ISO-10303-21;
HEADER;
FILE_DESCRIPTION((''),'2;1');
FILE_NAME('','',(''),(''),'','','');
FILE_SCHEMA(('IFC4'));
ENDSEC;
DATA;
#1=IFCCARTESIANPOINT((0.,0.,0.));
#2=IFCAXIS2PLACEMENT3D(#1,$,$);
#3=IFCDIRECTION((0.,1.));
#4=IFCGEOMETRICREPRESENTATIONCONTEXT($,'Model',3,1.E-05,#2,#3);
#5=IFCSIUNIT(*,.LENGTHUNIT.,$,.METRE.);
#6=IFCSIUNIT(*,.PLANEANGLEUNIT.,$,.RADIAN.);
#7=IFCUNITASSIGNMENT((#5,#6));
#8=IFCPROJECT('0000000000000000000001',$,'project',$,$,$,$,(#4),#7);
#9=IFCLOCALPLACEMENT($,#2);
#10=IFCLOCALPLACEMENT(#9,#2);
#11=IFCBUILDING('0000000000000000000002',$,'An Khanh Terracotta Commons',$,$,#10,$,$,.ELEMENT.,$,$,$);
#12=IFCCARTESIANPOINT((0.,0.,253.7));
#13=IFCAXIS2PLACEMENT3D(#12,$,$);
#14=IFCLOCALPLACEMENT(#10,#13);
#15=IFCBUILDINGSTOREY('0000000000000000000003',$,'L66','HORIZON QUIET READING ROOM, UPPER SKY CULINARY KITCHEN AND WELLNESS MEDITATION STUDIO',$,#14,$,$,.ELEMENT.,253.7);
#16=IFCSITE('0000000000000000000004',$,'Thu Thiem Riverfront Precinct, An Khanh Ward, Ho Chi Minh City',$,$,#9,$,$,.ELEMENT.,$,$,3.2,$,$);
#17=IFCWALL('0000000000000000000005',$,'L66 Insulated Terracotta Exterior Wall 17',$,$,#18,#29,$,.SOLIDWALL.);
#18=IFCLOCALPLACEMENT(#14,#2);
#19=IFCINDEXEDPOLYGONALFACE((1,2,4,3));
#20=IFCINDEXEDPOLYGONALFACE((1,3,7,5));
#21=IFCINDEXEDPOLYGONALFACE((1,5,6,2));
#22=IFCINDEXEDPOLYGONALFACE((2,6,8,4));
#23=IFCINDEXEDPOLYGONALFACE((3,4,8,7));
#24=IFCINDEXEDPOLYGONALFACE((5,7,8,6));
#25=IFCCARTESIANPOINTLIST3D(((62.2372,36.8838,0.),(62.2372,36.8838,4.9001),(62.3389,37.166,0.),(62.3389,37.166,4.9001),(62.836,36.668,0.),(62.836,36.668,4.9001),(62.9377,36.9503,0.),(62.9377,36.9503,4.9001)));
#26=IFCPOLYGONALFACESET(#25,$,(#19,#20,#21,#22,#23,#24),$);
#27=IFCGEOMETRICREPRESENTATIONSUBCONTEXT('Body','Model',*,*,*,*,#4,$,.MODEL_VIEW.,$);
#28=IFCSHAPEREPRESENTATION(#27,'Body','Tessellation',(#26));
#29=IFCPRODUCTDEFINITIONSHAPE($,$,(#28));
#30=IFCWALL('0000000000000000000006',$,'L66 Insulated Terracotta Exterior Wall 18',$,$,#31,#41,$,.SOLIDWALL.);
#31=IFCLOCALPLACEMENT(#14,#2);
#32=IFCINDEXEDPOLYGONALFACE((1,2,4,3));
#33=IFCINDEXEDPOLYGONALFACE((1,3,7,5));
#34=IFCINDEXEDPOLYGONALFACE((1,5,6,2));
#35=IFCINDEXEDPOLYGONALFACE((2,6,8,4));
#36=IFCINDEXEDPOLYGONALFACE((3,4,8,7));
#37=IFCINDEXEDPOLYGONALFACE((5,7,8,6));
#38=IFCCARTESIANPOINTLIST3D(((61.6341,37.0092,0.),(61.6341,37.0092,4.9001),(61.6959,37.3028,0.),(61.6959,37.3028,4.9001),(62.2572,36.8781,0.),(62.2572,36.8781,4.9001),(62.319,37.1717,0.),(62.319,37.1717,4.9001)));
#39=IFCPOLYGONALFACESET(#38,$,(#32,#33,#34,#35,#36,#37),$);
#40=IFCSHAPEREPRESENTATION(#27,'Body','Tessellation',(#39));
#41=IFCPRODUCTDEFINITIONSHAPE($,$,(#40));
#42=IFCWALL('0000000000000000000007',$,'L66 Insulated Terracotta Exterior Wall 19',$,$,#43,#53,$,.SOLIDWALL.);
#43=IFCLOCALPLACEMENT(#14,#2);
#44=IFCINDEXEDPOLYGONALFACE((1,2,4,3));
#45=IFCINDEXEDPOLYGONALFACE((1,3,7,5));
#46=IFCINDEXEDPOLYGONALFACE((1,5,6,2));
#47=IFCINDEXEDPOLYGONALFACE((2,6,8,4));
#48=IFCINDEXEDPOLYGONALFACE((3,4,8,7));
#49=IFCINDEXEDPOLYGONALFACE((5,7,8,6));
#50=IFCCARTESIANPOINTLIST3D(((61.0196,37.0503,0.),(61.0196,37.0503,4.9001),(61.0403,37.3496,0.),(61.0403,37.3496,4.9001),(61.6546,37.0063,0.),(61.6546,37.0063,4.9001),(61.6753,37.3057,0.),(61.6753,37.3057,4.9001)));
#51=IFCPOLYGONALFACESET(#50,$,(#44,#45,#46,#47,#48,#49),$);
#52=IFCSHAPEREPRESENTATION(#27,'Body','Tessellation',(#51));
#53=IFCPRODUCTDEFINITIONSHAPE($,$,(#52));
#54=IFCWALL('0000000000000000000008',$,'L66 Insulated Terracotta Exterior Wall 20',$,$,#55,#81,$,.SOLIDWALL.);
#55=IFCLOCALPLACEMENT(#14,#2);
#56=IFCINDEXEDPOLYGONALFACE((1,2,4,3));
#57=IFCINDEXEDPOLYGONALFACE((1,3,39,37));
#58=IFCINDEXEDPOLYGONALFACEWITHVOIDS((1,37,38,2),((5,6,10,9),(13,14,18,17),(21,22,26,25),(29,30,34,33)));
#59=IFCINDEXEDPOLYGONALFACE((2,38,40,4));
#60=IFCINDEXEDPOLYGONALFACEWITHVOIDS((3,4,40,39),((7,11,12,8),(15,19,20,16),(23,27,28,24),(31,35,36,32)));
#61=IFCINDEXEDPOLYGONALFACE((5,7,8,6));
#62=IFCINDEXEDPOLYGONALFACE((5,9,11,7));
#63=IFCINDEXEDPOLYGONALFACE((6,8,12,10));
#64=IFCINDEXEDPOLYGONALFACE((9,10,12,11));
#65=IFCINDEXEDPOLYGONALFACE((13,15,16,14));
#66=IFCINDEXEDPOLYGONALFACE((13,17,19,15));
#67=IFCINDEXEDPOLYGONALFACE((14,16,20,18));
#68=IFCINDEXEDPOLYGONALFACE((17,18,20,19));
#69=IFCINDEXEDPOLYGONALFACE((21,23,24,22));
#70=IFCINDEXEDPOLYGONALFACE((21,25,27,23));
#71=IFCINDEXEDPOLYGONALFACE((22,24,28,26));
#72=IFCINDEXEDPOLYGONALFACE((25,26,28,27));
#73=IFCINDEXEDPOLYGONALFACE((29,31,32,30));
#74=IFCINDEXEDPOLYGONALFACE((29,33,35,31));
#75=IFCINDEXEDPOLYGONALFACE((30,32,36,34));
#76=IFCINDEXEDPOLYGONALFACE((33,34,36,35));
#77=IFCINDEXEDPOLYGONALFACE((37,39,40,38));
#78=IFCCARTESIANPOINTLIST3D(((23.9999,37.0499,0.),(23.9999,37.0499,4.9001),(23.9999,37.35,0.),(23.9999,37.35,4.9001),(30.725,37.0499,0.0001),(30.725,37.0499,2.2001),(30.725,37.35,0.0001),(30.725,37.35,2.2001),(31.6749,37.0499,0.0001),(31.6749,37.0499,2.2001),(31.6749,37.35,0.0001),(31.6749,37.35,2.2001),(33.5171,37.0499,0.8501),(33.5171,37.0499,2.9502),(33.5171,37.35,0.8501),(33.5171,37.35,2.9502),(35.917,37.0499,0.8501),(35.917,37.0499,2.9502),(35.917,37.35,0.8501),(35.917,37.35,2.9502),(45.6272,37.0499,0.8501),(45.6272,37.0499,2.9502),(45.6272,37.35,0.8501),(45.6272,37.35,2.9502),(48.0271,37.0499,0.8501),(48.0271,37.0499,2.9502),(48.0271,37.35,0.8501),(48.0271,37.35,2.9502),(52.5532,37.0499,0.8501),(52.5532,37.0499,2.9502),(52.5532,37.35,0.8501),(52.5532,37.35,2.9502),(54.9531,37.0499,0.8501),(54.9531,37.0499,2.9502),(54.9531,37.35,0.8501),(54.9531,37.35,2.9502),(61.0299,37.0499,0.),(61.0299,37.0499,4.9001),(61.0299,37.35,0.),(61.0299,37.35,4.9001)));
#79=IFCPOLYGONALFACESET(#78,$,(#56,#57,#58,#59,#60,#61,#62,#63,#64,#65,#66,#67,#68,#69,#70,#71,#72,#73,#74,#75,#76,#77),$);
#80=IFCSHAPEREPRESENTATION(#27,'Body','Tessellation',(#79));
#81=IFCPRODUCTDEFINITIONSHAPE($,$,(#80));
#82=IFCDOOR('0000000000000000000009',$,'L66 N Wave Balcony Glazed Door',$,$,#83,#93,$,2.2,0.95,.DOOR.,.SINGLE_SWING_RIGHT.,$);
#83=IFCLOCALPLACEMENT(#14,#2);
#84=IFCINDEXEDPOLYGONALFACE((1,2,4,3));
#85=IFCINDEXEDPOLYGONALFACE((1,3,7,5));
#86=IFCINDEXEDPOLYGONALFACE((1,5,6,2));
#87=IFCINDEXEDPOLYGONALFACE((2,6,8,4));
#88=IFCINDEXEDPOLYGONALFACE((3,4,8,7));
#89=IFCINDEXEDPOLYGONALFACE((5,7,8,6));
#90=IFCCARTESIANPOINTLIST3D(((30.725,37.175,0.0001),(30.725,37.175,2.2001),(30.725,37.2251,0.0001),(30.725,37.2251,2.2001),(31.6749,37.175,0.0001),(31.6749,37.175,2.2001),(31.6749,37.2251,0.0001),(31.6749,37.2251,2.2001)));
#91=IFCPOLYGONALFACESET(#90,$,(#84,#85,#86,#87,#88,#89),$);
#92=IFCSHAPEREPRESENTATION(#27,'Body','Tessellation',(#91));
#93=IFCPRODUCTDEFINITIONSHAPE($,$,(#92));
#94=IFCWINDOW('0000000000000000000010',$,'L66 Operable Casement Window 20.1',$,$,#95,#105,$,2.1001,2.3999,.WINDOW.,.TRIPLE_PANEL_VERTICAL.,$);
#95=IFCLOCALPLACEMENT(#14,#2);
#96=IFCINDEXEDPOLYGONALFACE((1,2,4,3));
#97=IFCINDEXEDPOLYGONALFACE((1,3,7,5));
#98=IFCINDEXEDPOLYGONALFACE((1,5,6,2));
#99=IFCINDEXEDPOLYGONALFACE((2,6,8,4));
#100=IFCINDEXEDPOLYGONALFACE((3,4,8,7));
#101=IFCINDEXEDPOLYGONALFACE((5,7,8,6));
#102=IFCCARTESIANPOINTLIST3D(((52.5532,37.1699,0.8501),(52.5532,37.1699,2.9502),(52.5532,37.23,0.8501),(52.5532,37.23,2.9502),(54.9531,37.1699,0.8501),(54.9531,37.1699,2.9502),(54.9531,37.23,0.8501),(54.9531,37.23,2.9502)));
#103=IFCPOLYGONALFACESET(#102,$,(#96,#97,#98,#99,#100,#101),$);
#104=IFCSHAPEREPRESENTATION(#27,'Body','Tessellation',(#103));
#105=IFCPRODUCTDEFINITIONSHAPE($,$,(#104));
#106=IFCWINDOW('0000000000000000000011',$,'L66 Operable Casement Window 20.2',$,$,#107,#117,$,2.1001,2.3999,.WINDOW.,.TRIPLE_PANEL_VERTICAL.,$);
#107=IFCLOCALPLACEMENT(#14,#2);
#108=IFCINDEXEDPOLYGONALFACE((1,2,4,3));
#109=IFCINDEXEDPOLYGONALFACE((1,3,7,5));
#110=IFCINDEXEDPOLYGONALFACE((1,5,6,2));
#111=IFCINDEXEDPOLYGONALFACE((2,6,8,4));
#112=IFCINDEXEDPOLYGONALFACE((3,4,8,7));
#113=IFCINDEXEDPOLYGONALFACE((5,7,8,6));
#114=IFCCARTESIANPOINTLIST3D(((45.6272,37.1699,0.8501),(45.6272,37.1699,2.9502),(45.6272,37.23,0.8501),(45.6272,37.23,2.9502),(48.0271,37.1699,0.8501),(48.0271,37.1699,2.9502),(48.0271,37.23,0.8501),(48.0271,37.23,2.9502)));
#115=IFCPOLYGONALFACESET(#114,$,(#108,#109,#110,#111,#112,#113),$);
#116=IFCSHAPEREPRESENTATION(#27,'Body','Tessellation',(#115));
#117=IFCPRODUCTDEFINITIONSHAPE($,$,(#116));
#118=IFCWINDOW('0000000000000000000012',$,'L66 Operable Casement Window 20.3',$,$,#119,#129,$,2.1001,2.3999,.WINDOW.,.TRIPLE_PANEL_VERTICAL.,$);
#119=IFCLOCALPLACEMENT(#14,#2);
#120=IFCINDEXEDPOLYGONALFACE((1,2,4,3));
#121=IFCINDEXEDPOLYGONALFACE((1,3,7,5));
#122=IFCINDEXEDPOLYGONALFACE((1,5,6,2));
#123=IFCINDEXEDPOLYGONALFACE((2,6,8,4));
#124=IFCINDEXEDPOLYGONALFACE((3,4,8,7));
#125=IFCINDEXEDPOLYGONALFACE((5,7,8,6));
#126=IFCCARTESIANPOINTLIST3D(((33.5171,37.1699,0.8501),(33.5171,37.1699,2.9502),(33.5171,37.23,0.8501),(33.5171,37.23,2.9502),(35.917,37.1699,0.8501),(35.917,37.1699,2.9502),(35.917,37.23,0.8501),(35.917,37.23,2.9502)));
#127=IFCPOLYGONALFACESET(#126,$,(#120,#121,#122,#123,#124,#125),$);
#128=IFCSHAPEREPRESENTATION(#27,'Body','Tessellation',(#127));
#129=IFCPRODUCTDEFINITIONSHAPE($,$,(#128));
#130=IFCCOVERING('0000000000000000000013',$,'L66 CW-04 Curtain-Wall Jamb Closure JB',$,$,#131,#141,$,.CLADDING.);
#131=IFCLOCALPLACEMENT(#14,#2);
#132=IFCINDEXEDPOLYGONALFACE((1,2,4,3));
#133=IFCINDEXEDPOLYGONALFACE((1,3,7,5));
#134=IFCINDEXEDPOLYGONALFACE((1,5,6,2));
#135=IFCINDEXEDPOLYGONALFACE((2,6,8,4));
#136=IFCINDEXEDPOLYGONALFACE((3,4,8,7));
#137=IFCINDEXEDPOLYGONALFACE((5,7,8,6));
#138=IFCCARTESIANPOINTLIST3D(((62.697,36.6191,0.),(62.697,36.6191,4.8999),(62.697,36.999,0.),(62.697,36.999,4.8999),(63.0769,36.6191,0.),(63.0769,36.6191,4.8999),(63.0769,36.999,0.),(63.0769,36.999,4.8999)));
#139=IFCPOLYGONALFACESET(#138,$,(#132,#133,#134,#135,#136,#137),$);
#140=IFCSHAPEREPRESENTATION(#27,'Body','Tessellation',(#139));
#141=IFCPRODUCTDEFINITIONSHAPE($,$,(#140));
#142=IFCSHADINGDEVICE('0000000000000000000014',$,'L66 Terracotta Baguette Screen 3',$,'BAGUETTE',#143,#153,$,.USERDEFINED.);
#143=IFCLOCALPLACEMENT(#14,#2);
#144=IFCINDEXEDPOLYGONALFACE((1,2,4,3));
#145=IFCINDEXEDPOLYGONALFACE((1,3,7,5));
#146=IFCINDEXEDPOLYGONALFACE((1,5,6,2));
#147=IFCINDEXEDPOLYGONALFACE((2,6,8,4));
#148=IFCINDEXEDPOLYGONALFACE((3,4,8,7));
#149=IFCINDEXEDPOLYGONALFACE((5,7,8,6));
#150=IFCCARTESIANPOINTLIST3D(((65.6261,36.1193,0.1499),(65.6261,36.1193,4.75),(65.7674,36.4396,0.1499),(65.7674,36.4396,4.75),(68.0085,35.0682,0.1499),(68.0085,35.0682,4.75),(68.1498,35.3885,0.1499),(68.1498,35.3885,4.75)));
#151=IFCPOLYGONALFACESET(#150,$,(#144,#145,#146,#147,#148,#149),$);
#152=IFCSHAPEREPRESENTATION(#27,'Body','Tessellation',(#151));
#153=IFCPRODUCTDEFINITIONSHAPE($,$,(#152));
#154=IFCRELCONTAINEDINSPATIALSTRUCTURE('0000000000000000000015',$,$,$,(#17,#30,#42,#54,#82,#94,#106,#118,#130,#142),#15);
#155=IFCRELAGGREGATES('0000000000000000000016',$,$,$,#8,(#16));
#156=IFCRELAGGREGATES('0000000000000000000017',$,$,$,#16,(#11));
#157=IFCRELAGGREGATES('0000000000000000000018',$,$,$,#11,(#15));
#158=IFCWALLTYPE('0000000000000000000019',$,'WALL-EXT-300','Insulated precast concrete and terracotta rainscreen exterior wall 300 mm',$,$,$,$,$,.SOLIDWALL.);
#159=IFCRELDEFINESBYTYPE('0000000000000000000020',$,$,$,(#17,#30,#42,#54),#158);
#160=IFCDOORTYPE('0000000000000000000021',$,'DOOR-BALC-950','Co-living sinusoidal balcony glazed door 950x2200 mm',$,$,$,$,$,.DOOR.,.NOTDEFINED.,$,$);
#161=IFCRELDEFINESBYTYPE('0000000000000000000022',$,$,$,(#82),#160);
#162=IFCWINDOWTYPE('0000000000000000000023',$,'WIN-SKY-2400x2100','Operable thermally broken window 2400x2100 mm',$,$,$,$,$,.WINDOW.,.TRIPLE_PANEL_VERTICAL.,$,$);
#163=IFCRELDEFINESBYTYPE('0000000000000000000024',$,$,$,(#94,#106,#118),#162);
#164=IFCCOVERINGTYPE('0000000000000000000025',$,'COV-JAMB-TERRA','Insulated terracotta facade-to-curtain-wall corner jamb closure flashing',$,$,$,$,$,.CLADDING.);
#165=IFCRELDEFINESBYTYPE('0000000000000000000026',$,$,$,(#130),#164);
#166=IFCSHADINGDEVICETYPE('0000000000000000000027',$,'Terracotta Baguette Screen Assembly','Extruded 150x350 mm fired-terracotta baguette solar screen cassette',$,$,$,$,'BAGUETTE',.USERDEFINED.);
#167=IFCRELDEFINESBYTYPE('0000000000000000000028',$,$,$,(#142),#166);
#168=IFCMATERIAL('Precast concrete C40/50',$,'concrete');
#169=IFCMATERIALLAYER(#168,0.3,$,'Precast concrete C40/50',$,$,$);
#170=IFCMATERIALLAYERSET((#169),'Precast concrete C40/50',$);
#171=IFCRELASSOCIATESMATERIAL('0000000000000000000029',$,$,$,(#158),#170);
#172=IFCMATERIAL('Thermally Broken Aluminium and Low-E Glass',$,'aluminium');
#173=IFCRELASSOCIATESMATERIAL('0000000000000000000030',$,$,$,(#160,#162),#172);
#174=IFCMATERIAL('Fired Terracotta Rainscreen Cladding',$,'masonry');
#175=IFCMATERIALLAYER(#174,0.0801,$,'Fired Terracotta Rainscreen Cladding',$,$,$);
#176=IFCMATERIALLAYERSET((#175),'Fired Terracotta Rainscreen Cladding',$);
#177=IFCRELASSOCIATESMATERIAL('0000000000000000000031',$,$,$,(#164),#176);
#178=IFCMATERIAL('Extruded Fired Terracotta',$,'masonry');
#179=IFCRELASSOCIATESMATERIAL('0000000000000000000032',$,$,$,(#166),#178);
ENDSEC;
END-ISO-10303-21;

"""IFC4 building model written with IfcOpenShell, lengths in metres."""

from ifc_helpers import new_model, si_unit, direction, frame, frame_2d, origin, origin_2d, place, context, subcontext, project, spatial, rectangle, extrude, material, layer, layer_set, type_object, element, fill, save


model = new_model("IFC4")

# Units and contexts
model_context = context("Model", 3, precision=1e-05, world=origin(), true_north=direction((0.0, 1.0)))
body_context = subcontext(model_context, "Body", "Model", "MODEL_VIEW")
ifc_project = project(units=[si_unit("LENGTHUNIT", "METRE"), si_unit("PLANEANGLEUNIT", "RADIAN")], contexts=[model_context])

# Site, building, storey
site_placement = place(None, origin())
site = spatial("IfcSite", under=ifc_project, at=site_placement, Name="Thu Thiem Riverfront Precinct, An Khanh Ward, Ho Chi Minh City", CompositionType="ELEMENT", RefElevation=3.2)
building_placement = place(site_placement, origin())
building = spatial("IfcBuilding", under=site, at=building_placement, Name="An Khanh Terracotta Commons", CompositionType="ELEMENT")
storey_placement = place(building_placement, frame((0.0, 0.0, 253.7)))
storey = spatial("IfcBuildingStorey", under=building, at=storey_placement, Name="L66", Description="HORIZON QUIET READING ROOM, UPPER SKY CULINARY KITCHEN AND WELLNESS MEDITATION STUDIO", CompositionType="ELEMENT", Elevation=253.7)

# Walls
ifc_material_1 = material(Name="Precast concrete C40/50", Category="concrete")
ifc_layer_1 = layer(ifc_material_1, 0.3, Name="Precast concrete C40/50")
ifc_layer_set_1 = layer_set([ifc_layer_1], Name="Precast concrete C40/50")
wall_type = type_object("IfcWallType", Name="WALL-EXT-300", Description="Insulated precast concrete and terracotta rainscreen exterior wall 300 mm", PredefinedType="SOLIDWALL", material=ifc_layer_set_1)
wall_1_placement = place(storey_placement, frame((62.887, 36.8091, 0.0), z_axis=(0.0, 0.0, 1.0), x_axis=(-0.940775, 0.339032, 0.0)))
element("IfcWall", 1, at=wall_1_placement, inside=storey, type_object=wall_type, Name="L66 Insulated Terracotta Exterior Wall 17", PredefinedType="SOLIDWALL", context=body_context, shape_type="SweptSolid", body=[
    extrude(rectangle(XDim=0.6365, YDim=0.3, at=frame_2d((0.3184, 0.0))), origin(), (0.0, 0.0, 1.0), 4.9001),
])
wall_2_placement = place(storey_placement, frame((62.2881, 37.0249, 0.0), z_axis=(0.0, 0.0, 1.0), x_axis=(-0.97857, 0.205914, 0.0)))
element("IfcWall", 2, at=wall_2_placement, inside=storey, type_object=wall_type, Name="L66 Insulated Terracotta Exterior Wall 18", PredefinedType="SOLIDWALL", context=body_context, shape_type="SweptSolid", body=[
    extrude(rectangle(XDim=0.6367, YDim=0.3, at=frame_2d((0.3184, 0.0))), origin(), (0.0, 0.0, 1.0), 4.9001),
])
wall_3_placement = place(storey_placement, frame((61.665, 37.156, 0.0), z_axis=(0.0, 0.0, 1.0), x_axis=(-0.997614, 0.069039, 0.0)))
element("IfcWall", 3, at=wall_3_placement, inside=storey, type_object=wall_type, Name="L66 Insulated Terracotta Exterior Wall 19", PredefinedType="SOLIDWALL", context=body_context, shape_type="SweptSolid", body=[
    extrude(rectangle(XDim=0.6365, YDim=0.3, at=frame_2d((0.3184, 0.0))), origin(), (0.0, 0.0, 1.0), 4.9001),
])

# Wall, openings, door, windows
wall_4_placement = place(storey_placement, frame((61.03, 37.2, 0.0), z_axis=(0.0, 0.0, 1.0), x_axis=(-1.0, 0.0, 0.0)))
wall_4 = element("IfcWall", 4, at=wall_4_placement, inside=storey, type_object=wall_type, Name="L66 Insulated Terracotta Exterior Wall 20", PredefinedType="SOLIDWALL", context=body_context, shape_type="SweptSolid", body=[
    extrude(rectangle(XDim=37.03, YDim=0.3, at=frame_2d((18.5151, 0.0))), origin(), (0.0, 0.0, 1.0), 4.9001),
])
opening_1_placement = place(wall_4_placement, frame((29.355, 0.0, 0.0)))
opening_1 = element("IfcOpeningElement", 5, at=opening_1_placement, cuts=wall_4, PredefinedType="OPENING", context=body_context, shape_type="SweptSolid", body=[
    extrude(rectangle(XDim=0.95, YDim=2.2, at=frame_2d((0.4751, 1.1001))), frame((0.0, 0.1599, 0.0), z_axis=(0.0, -1.0, 0.0), x_axis=(1.0, 0.0, 0.0)), (0.0, 0.0, 1.0), 0.3201),
])
opening_2_placement = place(wall_4_placement, frame((6.0769, 0.0, 0.8501)))
opening_2 = element("IfcOpeningElement", 6, at=opening_2_placement, cuts=wall_4, PredefinedType="OPENING", context=body_context, shape_type="SweptSolid", body=[
    extrude(rectangle(XDim=2.3999, YDim=2.1001, at=frame_2d((1.2, 1.05))), frame((0.0, 0.1599, 0.0), z_axis=(0.0, -1.0, 0.0), x_axis=(1.0, 0.0, 0.0)), (0.0, 0.0, 1.0), 0.3201),
])
opening_3_placement = place(wall_4_placement, frame((13.0029, 0.0, 0.8501)))
opening_3 = element("IfcOpeningElement", 7, at=opening_3_placement, cuts=wall_4, PredefinedType="OPENING", context=body_context, shape_type="SweptSolid", body=[
    extrude(rectangle(XDim=2.3999, YDim=2.1001, at=frame_2d((1.2, 1.05))), frame((0.0, 0.1599, 0.0), z_axis=(0.0, -1.0, 0.0), x_axis=(1.0, 0.0, 0.0)), (0.0, 0.0, 1.0), 0.3201),
])
opening_4_placement = place(wall_4_placement, frame((25.113, 0.0, 0.8501)))
opening_4 = element("IfcOpeningElement", 8, at=opening_4_placement, cuts=wall_4, PredefinedType="OPENING", context=body_context, shape_type="SweptSolid", body=[
    extrude(rectangle(XDim=2.3999, YDim=2.1001, at=frame_2d((1.2, 1.05))), frame((0.0, 0.1599, 0.0), z_axis=(0.0, -1.0, 0.0), x_axis=(1.0, 0.0, 0.0)), (0.0, 0.0, 1.0), 0.3201),
])
ifc_material_2 = material(Name="Thermally Broken Aluminium and Low-E Glass", Category="aluminium")
door_type = type_object("IfcDoorType", Name="DOOR-BALC-950", Description="Co-living sinusoidal balcony glazed door 950x2200 mm", OperationType="NOTDEFINED", PredefinedType="DOOR", material=ifc_material_2)
door_placement = place(opening_1_placement, origin())
door = element("IfcDoor", 9, at=door_placement, inside=storey, type_object=door_type, Name="L66 N Wave Balcony Glazed Door", OperationType="SINGLE_SWING_RIGHT", OverallHeight=2.2, OverallWidth=0.95, PredefinedType="DOOR", context=body_context, shape_type="SweptSolid", body=[
    extrude(rectangle(XDim=0.95, YDim=2.2, at=frame_2d((0.4751, 1.1001))), frame((0.0, 0.0249, 0.0), z_axis=(0.0, -1.0, 0.0), x_axis=(1.0, 0.0, 0.0)), (0.0, 0.0, 1.0), 0.05),
])
fill(opening_1, door)
window_type = type_object("IfcWindowType", Name="WIN-SKY-2400x2100", Description="Operable thermally broken window 2400x2100 mm", PartitioningType="TRIPLE_PANEL_VERTICAL", PredefinedType="WINDOW", material=ifc_material_2)
window_1_placement = place(opening_2_placement, origin())
window_1 = element("IfcWindow", 10, at=window_1_placement, inside=storey, type_object=window_type, Name="L66 Operable Casement Window 20.1", OverallHeight=2.1001, OverallWidth=2.3999, PartitioningType="TRIPLE_PANEL_VERTICAL", PredefinedType="WINDOW", context=body_context, shape_type="SweptSolid", body=[
    extrude(rectangle(XDim=2.3999, YDim=2.1001, at=frame_2d((1.2, 1.05))), frame((0.0, 0.03, 0.0), z_axis=(0.0, -1.0, 0.0), x_axis=(1.0, 0.0, 0.0)), (0.0, 0.0, 1.0), 0.0601),
])
fill(opening_2, window_1)
window_2_placement = place(opening_3_placement, origin())
window_2 = element("IfcWindow", 11, at=window_2_placement, inside=storey, type_object=window_type, Name="L66 Operable Casement Window 20.2", OverallHeight=2.1001, OverallWidth=2.3999, PartitioningType="TRIPLE_PANEL_VERTICAL", PredefinedType="WINDOW", context=body_context, shape_type="SweptSolid", body=[
    extrude(rectangle(XDim=2.3999, YDim=2.1001, at=frame_2d((1.2, 1.05))), frame((0.0, 0.03, 0.0), z_axis=(0.0, -1.0, 0.0), x_axis=(1.0, 0.0, 0.0)), (0.0, 0.0, 1.0), 0.0601),
])
fill(opening_3, window_2)
window_3_placement = place(opening_4_placement, origin())
window_3 = element("IfcWindow", 12, at=window_3_placement, inside=storey, type_object=window_type, Name="L66 Operable Casement Window 20.3", OverallHeight=2.1001, OverallWidth=2.3999, PartitioningType="TRIPLE_PANEL_VERTICAL", PredefinedType="WINDOW", context=body_context, shape_type="SweptSolid", body=[
    extrude(rectangle(XDim=2.3999, YDim=2.1001, at=frame_2d((1.2, 1.05))), frame((0.0, 0.03, 0.0), z_axis=(0.0, -1.0, 0.0), x_axis=(1.0, 0.0, 0.0)), (0.0, 0.0, 1.0), 0.0601),
])
fill(opening_4, window_3)

# Covering
ifc_material_3 = material(Name="Fired Terracotta Rainscreen Cladding", Category="masonry")
ifc_layer_2 = layer(ifc_material_3, 0.0801, Name="Fired Terracotta Rainscreen Cladding")
ifc_layer_set_2 = layer_set([ifc_layer_2], Name="Fired Terracotta Rainscreen Cladding")
covering_type = type_object("IfcCoveringType", Name="COV-JAMB-TERRA", Description="Insulated terracotta facade-to-curtain-wall corner jamb closure flashing", PredefinedType="CLADDING", material=ifc_layer_set_2)
covering_placement = place(storey_placement, frame((62.887, 36.8091, 0.0), z_axis=(0.0, 0.0, 1.0), x_axis=(1.0, 0.0, 0.0)))
element("IfcCovering", 13, at=covering_placement, inside=storey, type_object=covering_type, Name="L66 CW-04 Curtain-Wall Jamb Closure JB", PredefinedType="CLADDING", context=body_context, shape_type="SweptSolid", body=[
    extrude(rectangle(XDim=0.3799, YDim=0.3799, at=origin_2d()), origin(), (0.0, 0.0, 1.0), 4.8999),
])

# Shading device
ifc_material_4 = material(Name="Extruded Fired Terracotta", Category="masonry")
shading_device_type = type_object("IfcShadingDeviceType", Name="Terracotta Baguette Screen Assembly", Description="Extruded 150x350 mm fired-terracotta baguette solar screen cassette", ElementType="BAGUETTE", PredefinedType="USERDEFINED", material=ifc_material_4)
shading_device_placement = place(storey_placement, frame((66.8879, 35.7539, 0.1499), z_axis=(0.0, 0.0, 1.0), x_axis=(-0.914902, 0.403676, 0.0)))
element("IfcShadingDevice", 14, at=shading_device_placement, inside=storey, type_object=shading_device_type, Name="L66 Terracotta Baguette Screen 3", ObjectType="BAGUETTE", PredefinedType="USERDEFINED", context=body_context, shape_type="SweptSolid", body=[
    extrude(rectangle(XDim=2.604, YDim=0.3501, at=origin_2d()), origin(), (0.0, 0.0, 1.0), 4.6001),
])

save(model, "model.ifc")
